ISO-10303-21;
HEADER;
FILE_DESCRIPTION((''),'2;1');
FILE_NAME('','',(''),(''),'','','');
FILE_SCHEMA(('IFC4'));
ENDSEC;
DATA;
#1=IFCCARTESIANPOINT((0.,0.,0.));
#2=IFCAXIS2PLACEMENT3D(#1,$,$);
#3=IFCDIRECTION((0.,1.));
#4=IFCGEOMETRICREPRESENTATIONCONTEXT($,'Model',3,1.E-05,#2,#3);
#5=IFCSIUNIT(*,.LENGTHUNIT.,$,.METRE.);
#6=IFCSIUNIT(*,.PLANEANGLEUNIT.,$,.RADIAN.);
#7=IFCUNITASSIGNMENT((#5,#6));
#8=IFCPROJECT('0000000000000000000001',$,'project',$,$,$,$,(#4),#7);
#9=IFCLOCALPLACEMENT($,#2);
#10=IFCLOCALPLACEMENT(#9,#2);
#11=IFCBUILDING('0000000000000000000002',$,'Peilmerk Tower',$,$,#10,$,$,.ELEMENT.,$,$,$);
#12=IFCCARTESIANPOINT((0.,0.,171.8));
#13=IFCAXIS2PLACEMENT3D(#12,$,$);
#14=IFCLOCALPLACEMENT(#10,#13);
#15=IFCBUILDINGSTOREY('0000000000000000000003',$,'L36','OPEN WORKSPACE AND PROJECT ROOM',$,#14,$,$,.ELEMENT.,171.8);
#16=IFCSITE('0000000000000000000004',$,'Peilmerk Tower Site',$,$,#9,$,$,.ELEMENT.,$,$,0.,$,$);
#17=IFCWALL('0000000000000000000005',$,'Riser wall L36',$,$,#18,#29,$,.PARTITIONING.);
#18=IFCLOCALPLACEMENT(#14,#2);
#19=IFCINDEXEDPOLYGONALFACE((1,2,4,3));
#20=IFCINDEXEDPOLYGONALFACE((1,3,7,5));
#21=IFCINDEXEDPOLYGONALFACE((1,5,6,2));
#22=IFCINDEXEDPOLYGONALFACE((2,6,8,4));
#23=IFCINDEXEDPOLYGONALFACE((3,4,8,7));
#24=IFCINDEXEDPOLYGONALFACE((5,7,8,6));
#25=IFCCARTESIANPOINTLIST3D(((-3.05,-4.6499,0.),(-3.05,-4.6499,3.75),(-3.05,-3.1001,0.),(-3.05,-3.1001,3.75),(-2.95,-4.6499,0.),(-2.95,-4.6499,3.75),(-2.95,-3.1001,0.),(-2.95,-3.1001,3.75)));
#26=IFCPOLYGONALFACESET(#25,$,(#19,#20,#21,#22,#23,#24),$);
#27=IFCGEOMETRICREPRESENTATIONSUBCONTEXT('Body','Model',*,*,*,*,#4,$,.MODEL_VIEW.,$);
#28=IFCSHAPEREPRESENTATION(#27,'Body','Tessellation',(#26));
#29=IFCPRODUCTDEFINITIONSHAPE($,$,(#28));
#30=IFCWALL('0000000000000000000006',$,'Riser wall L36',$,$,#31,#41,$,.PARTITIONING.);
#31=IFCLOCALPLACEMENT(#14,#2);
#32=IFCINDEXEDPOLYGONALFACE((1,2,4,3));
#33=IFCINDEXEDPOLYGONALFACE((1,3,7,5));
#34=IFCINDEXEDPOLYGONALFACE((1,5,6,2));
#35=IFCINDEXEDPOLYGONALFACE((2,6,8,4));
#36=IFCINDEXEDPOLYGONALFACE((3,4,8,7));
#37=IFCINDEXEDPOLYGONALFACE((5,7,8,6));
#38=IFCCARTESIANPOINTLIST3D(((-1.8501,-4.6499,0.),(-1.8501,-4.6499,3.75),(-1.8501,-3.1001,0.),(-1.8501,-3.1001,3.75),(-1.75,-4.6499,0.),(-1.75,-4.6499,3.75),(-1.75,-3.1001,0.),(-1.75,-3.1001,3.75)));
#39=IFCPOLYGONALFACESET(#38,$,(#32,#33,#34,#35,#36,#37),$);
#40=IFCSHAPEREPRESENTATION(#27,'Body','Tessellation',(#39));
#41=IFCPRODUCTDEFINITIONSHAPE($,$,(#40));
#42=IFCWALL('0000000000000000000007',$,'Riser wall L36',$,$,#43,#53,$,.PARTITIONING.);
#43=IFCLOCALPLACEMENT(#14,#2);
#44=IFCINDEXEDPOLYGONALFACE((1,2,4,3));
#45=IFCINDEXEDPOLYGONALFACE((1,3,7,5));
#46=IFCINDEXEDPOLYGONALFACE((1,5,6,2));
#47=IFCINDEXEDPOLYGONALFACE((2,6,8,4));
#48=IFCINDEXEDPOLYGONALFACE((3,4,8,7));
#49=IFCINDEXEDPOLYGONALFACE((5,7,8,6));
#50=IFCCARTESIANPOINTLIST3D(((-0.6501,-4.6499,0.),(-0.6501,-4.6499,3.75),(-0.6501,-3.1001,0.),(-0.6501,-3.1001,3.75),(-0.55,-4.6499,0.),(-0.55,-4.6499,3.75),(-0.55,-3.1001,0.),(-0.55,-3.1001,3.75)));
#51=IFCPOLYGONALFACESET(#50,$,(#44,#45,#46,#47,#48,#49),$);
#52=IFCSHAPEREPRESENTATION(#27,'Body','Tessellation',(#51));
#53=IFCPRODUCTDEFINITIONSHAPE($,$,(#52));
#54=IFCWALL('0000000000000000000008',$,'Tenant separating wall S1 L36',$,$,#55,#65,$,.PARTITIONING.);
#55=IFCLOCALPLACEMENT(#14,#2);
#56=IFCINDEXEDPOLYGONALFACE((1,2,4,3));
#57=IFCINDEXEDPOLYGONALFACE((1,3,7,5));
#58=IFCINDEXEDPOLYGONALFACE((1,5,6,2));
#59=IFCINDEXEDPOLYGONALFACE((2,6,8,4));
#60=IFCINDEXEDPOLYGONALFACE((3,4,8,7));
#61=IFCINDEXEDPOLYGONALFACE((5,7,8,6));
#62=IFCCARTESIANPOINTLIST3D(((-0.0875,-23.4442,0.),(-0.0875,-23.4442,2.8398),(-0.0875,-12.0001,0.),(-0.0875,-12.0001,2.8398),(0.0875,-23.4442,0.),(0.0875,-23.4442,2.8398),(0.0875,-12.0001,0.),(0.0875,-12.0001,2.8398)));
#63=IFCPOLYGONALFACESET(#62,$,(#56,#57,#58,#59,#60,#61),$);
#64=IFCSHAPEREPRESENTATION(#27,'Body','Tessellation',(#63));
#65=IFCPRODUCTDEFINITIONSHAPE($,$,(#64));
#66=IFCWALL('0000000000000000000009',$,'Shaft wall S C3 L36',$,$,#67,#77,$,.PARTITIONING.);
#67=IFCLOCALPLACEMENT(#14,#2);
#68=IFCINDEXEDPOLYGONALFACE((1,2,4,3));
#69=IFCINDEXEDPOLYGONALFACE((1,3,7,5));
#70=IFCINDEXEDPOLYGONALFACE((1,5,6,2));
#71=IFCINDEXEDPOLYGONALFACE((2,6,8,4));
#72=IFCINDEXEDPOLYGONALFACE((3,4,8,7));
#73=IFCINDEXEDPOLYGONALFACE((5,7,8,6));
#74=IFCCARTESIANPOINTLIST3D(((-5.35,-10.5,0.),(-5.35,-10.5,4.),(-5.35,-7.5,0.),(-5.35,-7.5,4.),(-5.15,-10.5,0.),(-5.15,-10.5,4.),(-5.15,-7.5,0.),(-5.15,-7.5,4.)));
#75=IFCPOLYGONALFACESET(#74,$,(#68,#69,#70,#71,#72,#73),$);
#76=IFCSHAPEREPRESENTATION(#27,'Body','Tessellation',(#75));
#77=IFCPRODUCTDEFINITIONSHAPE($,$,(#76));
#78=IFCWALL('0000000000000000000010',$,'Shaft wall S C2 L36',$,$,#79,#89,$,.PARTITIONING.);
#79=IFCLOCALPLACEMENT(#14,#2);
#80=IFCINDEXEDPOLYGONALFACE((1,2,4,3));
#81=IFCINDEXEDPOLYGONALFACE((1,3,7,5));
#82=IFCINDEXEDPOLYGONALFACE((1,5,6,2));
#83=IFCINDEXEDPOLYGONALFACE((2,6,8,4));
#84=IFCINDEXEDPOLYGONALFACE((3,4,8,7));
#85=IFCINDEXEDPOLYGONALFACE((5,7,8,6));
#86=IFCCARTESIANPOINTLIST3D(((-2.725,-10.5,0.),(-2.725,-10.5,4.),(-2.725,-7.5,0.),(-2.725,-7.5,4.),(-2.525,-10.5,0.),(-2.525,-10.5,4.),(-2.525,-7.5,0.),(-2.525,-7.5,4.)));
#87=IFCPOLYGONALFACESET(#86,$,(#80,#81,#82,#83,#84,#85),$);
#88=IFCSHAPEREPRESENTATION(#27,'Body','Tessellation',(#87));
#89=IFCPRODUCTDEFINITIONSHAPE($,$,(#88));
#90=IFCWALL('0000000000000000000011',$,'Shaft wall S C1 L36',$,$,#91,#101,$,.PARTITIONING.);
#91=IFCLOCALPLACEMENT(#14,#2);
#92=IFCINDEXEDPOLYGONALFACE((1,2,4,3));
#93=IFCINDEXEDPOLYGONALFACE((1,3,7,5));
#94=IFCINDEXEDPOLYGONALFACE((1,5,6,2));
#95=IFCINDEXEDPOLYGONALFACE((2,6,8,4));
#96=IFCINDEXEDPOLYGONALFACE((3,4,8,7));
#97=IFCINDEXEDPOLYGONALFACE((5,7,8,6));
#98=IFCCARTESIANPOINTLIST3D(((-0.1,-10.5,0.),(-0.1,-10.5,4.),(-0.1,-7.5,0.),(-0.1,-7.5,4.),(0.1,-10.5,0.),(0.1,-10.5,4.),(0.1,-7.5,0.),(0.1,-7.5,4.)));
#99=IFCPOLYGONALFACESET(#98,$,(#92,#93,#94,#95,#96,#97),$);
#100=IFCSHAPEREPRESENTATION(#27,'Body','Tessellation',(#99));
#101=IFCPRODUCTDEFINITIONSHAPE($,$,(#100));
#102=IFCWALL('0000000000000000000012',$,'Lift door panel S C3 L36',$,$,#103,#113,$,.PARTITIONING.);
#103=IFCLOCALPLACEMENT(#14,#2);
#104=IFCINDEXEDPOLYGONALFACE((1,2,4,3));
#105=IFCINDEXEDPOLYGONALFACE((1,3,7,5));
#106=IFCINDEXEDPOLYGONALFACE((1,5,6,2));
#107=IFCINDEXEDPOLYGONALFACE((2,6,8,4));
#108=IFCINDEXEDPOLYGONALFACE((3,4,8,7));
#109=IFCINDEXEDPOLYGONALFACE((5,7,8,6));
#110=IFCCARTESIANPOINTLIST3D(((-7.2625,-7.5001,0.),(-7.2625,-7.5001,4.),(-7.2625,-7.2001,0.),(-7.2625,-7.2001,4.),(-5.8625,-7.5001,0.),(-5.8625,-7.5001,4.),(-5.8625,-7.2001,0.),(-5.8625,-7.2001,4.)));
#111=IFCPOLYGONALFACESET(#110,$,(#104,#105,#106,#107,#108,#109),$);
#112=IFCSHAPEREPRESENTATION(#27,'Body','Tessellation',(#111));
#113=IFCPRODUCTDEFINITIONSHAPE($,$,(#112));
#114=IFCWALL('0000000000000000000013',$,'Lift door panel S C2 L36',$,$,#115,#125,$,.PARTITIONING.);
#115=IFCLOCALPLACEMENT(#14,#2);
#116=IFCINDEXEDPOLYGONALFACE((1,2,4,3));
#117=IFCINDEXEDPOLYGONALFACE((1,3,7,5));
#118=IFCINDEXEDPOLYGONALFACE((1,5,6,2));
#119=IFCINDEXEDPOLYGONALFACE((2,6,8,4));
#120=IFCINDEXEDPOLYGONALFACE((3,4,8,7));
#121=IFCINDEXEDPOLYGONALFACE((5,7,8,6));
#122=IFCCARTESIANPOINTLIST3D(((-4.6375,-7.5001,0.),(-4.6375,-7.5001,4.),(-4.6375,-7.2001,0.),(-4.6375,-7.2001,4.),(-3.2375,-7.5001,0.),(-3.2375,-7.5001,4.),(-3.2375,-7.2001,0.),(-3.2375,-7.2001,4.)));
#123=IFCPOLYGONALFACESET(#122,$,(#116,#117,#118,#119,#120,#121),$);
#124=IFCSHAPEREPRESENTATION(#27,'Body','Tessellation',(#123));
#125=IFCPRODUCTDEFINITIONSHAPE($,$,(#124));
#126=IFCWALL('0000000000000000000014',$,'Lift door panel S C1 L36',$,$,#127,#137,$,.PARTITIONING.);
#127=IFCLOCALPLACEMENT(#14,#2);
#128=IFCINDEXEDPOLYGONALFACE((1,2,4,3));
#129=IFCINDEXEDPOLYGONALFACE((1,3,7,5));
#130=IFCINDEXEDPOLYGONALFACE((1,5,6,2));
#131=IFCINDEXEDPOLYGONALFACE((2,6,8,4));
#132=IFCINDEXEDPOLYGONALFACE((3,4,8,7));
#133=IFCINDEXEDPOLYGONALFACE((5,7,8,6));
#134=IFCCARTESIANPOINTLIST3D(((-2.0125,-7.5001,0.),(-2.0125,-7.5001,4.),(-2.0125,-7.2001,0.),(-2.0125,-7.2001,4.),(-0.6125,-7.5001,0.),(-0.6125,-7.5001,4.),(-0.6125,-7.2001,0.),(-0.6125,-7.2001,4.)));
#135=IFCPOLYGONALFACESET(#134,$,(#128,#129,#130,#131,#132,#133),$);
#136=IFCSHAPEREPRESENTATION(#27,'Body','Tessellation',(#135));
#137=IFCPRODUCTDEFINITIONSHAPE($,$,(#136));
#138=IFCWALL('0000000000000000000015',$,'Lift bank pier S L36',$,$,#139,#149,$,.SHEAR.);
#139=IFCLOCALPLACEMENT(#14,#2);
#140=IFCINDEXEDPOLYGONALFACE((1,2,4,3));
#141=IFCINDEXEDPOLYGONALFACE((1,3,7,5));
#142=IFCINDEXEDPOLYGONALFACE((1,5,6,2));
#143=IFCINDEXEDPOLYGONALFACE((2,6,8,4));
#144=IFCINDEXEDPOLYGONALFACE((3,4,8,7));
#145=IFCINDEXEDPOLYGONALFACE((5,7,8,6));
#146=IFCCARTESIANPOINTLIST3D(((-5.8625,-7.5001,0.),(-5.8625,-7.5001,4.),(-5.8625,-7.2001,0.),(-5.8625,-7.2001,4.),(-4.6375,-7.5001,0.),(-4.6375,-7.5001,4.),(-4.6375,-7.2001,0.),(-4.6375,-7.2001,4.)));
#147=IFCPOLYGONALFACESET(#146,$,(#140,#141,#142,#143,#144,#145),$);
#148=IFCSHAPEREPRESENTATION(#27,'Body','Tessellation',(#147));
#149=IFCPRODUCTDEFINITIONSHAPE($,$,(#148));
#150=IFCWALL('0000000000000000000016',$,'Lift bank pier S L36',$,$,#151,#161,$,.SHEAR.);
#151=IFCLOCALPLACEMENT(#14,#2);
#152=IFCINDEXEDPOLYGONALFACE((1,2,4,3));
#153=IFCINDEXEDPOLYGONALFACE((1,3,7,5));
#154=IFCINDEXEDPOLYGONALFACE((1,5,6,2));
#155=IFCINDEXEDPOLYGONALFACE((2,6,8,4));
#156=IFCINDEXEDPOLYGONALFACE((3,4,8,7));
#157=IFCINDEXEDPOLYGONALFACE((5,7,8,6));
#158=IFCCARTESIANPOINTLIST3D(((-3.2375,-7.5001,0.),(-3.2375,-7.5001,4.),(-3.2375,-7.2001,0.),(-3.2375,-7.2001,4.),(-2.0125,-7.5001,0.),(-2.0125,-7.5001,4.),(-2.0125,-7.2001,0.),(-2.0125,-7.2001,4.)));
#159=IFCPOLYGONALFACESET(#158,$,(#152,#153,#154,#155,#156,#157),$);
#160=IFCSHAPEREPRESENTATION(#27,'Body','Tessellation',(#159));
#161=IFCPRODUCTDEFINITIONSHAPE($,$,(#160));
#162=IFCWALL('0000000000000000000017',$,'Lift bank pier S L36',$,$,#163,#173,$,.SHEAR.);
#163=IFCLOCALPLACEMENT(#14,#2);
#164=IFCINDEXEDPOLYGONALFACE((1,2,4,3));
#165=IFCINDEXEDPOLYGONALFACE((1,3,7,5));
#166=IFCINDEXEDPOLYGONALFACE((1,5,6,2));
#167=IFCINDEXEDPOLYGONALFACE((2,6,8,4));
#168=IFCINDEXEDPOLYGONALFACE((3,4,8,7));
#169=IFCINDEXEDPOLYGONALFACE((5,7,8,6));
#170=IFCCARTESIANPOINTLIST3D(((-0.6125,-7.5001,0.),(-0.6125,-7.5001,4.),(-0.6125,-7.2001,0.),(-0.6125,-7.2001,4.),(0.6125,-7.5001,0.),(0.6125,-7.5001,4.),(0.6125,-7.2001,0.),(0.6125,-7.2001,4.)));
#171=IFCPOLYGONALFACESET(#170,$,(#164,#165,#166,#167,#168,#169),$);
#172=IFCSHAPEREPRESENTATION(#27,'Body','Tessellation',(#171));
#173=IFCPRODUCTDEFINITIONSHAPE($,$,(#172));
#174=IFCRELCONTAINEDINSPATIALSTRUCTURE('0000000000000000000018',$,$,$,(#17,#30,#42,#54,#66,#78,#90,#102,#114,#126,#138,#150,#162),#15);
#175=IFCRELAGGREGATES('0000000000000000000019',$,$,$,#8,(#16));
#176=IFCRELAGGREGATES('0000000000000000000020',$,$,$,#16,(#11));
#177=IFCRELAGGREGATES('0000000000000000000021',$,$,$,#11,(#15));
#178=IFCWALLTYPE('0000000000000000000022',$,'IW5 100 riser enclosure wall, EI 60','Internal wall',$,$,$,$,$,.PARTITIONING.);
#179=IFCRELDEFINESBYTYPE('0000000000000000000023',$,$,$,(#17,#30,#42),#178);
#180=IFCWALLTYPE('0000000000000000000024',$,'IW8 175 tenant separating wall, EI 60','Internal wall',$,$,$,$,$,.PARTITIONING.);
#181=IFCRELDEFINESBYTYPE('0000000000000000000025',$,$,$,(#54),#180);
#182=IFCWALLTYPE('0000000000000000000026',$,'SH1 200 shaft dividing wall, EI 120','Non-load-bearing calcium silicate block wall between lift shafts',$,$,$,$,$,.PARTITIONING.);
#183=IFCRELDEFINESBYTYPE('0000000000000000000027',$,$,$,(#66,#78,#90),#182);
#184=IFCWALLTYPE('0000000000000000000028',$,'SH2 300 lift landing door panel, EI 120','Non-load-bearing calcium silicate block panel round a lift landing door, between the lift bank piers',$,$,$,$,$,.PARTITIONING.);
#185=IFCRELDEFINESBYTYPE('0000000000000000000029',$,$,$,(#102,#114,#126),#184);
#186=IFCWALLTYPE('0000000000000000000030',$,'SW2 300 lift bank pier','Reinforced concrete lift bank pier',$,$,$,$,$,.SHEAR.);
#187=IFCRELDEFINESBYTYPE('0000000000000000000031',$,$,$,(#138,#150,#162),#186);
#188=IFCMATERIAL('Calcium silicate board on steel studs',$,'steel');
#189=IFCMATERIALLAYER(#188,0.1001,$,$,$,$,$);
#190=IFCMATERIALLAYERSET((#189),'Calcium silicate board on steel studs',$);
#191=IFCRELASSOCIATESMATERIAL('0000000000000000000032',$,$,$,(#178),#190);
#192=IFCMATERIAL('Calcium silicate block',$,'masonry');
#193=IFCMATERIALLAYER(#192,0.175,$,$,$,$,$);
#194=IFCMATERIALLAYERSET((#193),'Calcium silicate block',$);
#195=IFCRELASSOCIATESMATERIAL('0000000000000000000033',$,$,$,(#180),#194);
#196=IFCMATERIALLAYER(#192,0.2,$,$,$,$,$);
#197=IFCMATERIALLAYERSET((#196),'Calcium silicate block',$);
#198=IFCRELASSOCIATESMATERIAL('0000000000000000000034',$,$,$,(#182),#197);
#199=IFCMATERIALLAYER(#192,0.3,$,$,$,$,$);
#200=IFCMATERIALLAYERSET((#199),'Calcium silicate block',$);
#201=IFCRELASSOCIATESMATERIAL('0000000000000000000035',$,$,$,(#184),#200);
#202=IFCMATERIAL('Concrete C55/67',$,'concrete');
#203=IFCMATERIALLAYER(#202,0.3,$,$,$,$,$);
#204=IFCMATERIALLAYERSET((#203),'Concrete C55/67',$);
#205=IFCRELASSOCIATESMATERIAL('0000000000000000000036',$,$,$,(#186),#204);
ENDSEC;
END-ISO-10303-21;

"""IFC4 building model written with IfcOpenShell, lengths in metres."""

from ifc_helpers import new_model, si_unit, direction, frame, frame_2d, origin, place, context, subcontext, project, spatial, rectangle, extrude, material, layer, layer_set, type_object, element, save


model = new_model("IFC4")

# Units and contexts
model_context = context("Model", 3, precision=1e-05, world=origin(), true_north=direction((0.0, 1.0)))
body_context = subcontext(model_context, "Body", "Model", "MODEL_VIEW")
ifc_project = project(units=[si_unit("LENGTHUNIT", "METRE"), si_unit("PLANEANGLEUNIT", "RADIAN")], contexts=[model_context])

# Site, building, storey
site_placement = place(None, origin())
site = spatial("IfcSite", under=ifc_project, at=site_placement, Name="Peilmerk Tower Site", CompositionType="ELEMENT", RefElevation=0.0)
building_placement = place(site_placement, origin())
building = spatial("IfcBuilding", under=site, at=building_placement, Name="Peilmerk Tower", CompositionType="ELEMENT")
storey_placement = place(building_placement, frame((0.0, 0.0, 171.8)))
storey = spatial("IfcBuildingStorey", under=building, at=storey_placement, Name="L36", Description="OPEN WORKSPACE AND PROJECT ROOM", CompositionType="ELEMENT", Elevation=171.8)

# Shared definitions
ifc_material_1 = material(Name="Concrete C55/67", Category="concrete")

# Walls
ifc_material_2 = material(Name="Calcium silicate board on steel studs", Category="steel")
ifc_layer_1 = layer(ifc_material_2, 0.1001)
ifc_layer_set_1 = layer_set([ifc_layer_1], Name="Calcium silicate board on steel studs")
wall_type_1 = type_object("IfcWallType", Name="IW5 100 riser enclosure wall, EI 60", Description="Internal wall", PredefinedType="PARTITIONING", material=ifc_layer_set_1)
for number, where, z_axis, x_axis, name in (
    (1, (-3.0, -3.1001, 0.0), (0.0, 0.0, 1.0), (0.0, -1.0, 0.0), "Riser wall L36"),
    (2, (-1.8, -3.1001, 0.0), (0.0, 0.0, 1.0), (0.0, -1.0, 0.0), "Riser wall L36"),
    (3, (-0.6001, -3.1001, 0.0), (0.0, 0.0, 1.0), (0.0, -1.0, 0.0), "Riser wall L36"),
):
    element("IfcWall", number, at=place(storey_placement, frame(where, z_axis=z_axis, x_axis=x_axis)), inside=storey, type_object=wall_type_1, Name=name, PredefinedType="PARTITIONING", context=body_context, shape_type="SweptSolid", body=[
        extrude(rectangle(XDim=1.5498, YDim=0.1001, at=frame_2d((0.7749, 0.0))), origin(), (0.0, 0.0, 1.0), 3.75),
    ])
ifc_material_3 = material(Name="Calcium silicate block", Category="masonry")
ifc_layer_2 = layer(ifc_material_3, 0.175)
ifc_layer_set_2 = layer_set([ifc_layer_2], Name="Calcium silicate block")
wall_type_2 = type_object("IfcWallType", Name="IW8 175 tenant separating wall, EI 60", Description="Internal wall", PredefinedType="PARTITIONING", material=ifc_layer_set_2)
wall_1_placement = place(storey_placement, frame((0.0, -12.0, 0.0), z_axis=(0.0, 0.0, 1.0), x_axis=(0.0, -1.0, 0.0)))
element("IfcWall", 4, at=wall_1_placement, inside=storey, type_object=wall_type_2, Name="Tenant separating wall S1 L36", PredefinedType="PARTITIONING", context=body_context, shape_type="SweptSolid", body=[
    extrude(rectangle(XDim=11.4441, YDim=0.175, at=frame_2d((5.7222, 0.0))), origin(), (0.0, 0.0, 1.0), 2.8398),
])
ifc_layer_3 = layer(ifc_material_3, 0.2)
ifc_layer_set_3 = layer_set([ifc_layer_3], Name="Calcium silicate block")
wall_type_3 = type_object("IfcWallType", Name="SH1 200 shaft dividing wall, EI 120", Description="Non-load-bearing calcium silicate block wall between lift shafts", PredefinedType="PARTITIONING", material=ifc_layer_set_3)
for number, where, z_axis, x_axis, name in (
    (5, (-5.25, -10.5, 0.0), (0.0, 0.0, 1.0), (0.0, 1.0, 0.0), "Shaft wall S C3 L36"),
    (6, (-2.625, -10.5, 0.0), (0.0, 0.0, 1.0), (0.0, 1.0, 0.0), "Shaft wall S C2 L36"),
    (7, (0.0, -10.5, 0.0), (0.0, 0.0, 1.0), (0.0, 1.0, 0.0), "Shaft wall S C1 L36"),
):
    element("IfcWall", number, at=place(storey_placement, frame(where, z_axis=z_axis, x_axis=x_axis)), inside=storey, type_object=wall_type_3, Name=name, PredefinedType="PARTITIONING", context=body_context, shape_type="SweptSolid", body=[
        extrude(rectangle(XDim=3.0, YDim=0.2, at=frame_2d((1.5, 0.0))), origin(), (0.0, 0.0, 1.0), 4.0),
    ])
ifc_layer_4 = layer(ifc_material_3, 0.3)
ifc_layer_set_4 = layer_set([ifc_layer_4], Name="Calcium silicate block")
wall_type_4 = type_object("IfcWallType", Name="SH2 300 lift landing door panel, EI 120", Description="Non-load-bearing calcium silicate block panel round a lift landing door, between the lift bank piers", PredefinedType="PARTITIONING", material=ifc_layer_set_4)
for number, where, z_axis, x_axis, name in (
    (8, (-7.2625, -7.3501, 0.0), (0.0, 0.0, 1.0), (1.0, 0.0, 0.0), "Lift door panel S C3 L36"),
    (9, (-4.6375, -7.3501, 0.0), (0.0, 0.0, 1.0), (1.0, 0.0, 0.0), "Lift door panel S C2 L36"),
    (10, (-2.0125, -7.3501, 0.0), (0.0, 0.0, 1.0), (1.0, 0.0, 0.0), "Lift door panel S C1 L36"),
):
    element("IfcWall", number, at=place(storey_placement, frame(where, z_axis=z_axis, x_axis=x_axis)), inside=storey, type_object=wall_type_4, Name=name, PredefinedType="PARTITIONING", context=body_context, shape_type="SweptSolid", body=[
        extrude(rectangle(XDim=1.3999, YDim=0.3, at=frame_2d((0.7, 0.0))), origin(), (0.0, 0.0, 1.0), 4.0),
    ])
ifc_layer_5 = layer(ifc_material_1, 0.3)
ifc_layer_set_5 = layer_set([ifc_layer_5], Name="Concrete C55/67")
wall_type_5 = type_object("IfcWallType", Name="SW2 300 lift bank pier", Description="Reinforced concrete lift bank pier", PredefinedType="SHEAR", material=ifc_layer_set_5)
for number, where, z_axis, x_axis, name in (
    (11, (-5.8625, -7.3501, 0.0), (0.0, 0.0, 1.0), (1.0, 0.0, 0.0), "Lift bank pier S L36"),
    (12, (-3.2375, -7.3501, 0.0), (0.0, 0.0, 1.0), (1.0, 0.0, 0.0), "Lift bank pier S L36"),
    (13, (-0.6125, -7.3501, 0.0), (0.0, 0.0, 1.0), (1.0, 0.0, 0.0), "Lift bank pier S L36"),
):
    element("IfcWall", number, at=place(storey_placement, frame(where, z_axis=z_axis, x_axis=x_axis)), inside=storey, type_object=wall_type_5, Name=name, PredefinedType="SHEAR", context=body_context, shape_type="SweptSolid", body=[
        extrude(rectangle(XDim=1.2251, YDim=0.3, at=frame_2d((0.6125, 0.0))), origin(), (0.0, 0.0, 1.0), 4.0),
    ])

save(model, "model.ifc")
